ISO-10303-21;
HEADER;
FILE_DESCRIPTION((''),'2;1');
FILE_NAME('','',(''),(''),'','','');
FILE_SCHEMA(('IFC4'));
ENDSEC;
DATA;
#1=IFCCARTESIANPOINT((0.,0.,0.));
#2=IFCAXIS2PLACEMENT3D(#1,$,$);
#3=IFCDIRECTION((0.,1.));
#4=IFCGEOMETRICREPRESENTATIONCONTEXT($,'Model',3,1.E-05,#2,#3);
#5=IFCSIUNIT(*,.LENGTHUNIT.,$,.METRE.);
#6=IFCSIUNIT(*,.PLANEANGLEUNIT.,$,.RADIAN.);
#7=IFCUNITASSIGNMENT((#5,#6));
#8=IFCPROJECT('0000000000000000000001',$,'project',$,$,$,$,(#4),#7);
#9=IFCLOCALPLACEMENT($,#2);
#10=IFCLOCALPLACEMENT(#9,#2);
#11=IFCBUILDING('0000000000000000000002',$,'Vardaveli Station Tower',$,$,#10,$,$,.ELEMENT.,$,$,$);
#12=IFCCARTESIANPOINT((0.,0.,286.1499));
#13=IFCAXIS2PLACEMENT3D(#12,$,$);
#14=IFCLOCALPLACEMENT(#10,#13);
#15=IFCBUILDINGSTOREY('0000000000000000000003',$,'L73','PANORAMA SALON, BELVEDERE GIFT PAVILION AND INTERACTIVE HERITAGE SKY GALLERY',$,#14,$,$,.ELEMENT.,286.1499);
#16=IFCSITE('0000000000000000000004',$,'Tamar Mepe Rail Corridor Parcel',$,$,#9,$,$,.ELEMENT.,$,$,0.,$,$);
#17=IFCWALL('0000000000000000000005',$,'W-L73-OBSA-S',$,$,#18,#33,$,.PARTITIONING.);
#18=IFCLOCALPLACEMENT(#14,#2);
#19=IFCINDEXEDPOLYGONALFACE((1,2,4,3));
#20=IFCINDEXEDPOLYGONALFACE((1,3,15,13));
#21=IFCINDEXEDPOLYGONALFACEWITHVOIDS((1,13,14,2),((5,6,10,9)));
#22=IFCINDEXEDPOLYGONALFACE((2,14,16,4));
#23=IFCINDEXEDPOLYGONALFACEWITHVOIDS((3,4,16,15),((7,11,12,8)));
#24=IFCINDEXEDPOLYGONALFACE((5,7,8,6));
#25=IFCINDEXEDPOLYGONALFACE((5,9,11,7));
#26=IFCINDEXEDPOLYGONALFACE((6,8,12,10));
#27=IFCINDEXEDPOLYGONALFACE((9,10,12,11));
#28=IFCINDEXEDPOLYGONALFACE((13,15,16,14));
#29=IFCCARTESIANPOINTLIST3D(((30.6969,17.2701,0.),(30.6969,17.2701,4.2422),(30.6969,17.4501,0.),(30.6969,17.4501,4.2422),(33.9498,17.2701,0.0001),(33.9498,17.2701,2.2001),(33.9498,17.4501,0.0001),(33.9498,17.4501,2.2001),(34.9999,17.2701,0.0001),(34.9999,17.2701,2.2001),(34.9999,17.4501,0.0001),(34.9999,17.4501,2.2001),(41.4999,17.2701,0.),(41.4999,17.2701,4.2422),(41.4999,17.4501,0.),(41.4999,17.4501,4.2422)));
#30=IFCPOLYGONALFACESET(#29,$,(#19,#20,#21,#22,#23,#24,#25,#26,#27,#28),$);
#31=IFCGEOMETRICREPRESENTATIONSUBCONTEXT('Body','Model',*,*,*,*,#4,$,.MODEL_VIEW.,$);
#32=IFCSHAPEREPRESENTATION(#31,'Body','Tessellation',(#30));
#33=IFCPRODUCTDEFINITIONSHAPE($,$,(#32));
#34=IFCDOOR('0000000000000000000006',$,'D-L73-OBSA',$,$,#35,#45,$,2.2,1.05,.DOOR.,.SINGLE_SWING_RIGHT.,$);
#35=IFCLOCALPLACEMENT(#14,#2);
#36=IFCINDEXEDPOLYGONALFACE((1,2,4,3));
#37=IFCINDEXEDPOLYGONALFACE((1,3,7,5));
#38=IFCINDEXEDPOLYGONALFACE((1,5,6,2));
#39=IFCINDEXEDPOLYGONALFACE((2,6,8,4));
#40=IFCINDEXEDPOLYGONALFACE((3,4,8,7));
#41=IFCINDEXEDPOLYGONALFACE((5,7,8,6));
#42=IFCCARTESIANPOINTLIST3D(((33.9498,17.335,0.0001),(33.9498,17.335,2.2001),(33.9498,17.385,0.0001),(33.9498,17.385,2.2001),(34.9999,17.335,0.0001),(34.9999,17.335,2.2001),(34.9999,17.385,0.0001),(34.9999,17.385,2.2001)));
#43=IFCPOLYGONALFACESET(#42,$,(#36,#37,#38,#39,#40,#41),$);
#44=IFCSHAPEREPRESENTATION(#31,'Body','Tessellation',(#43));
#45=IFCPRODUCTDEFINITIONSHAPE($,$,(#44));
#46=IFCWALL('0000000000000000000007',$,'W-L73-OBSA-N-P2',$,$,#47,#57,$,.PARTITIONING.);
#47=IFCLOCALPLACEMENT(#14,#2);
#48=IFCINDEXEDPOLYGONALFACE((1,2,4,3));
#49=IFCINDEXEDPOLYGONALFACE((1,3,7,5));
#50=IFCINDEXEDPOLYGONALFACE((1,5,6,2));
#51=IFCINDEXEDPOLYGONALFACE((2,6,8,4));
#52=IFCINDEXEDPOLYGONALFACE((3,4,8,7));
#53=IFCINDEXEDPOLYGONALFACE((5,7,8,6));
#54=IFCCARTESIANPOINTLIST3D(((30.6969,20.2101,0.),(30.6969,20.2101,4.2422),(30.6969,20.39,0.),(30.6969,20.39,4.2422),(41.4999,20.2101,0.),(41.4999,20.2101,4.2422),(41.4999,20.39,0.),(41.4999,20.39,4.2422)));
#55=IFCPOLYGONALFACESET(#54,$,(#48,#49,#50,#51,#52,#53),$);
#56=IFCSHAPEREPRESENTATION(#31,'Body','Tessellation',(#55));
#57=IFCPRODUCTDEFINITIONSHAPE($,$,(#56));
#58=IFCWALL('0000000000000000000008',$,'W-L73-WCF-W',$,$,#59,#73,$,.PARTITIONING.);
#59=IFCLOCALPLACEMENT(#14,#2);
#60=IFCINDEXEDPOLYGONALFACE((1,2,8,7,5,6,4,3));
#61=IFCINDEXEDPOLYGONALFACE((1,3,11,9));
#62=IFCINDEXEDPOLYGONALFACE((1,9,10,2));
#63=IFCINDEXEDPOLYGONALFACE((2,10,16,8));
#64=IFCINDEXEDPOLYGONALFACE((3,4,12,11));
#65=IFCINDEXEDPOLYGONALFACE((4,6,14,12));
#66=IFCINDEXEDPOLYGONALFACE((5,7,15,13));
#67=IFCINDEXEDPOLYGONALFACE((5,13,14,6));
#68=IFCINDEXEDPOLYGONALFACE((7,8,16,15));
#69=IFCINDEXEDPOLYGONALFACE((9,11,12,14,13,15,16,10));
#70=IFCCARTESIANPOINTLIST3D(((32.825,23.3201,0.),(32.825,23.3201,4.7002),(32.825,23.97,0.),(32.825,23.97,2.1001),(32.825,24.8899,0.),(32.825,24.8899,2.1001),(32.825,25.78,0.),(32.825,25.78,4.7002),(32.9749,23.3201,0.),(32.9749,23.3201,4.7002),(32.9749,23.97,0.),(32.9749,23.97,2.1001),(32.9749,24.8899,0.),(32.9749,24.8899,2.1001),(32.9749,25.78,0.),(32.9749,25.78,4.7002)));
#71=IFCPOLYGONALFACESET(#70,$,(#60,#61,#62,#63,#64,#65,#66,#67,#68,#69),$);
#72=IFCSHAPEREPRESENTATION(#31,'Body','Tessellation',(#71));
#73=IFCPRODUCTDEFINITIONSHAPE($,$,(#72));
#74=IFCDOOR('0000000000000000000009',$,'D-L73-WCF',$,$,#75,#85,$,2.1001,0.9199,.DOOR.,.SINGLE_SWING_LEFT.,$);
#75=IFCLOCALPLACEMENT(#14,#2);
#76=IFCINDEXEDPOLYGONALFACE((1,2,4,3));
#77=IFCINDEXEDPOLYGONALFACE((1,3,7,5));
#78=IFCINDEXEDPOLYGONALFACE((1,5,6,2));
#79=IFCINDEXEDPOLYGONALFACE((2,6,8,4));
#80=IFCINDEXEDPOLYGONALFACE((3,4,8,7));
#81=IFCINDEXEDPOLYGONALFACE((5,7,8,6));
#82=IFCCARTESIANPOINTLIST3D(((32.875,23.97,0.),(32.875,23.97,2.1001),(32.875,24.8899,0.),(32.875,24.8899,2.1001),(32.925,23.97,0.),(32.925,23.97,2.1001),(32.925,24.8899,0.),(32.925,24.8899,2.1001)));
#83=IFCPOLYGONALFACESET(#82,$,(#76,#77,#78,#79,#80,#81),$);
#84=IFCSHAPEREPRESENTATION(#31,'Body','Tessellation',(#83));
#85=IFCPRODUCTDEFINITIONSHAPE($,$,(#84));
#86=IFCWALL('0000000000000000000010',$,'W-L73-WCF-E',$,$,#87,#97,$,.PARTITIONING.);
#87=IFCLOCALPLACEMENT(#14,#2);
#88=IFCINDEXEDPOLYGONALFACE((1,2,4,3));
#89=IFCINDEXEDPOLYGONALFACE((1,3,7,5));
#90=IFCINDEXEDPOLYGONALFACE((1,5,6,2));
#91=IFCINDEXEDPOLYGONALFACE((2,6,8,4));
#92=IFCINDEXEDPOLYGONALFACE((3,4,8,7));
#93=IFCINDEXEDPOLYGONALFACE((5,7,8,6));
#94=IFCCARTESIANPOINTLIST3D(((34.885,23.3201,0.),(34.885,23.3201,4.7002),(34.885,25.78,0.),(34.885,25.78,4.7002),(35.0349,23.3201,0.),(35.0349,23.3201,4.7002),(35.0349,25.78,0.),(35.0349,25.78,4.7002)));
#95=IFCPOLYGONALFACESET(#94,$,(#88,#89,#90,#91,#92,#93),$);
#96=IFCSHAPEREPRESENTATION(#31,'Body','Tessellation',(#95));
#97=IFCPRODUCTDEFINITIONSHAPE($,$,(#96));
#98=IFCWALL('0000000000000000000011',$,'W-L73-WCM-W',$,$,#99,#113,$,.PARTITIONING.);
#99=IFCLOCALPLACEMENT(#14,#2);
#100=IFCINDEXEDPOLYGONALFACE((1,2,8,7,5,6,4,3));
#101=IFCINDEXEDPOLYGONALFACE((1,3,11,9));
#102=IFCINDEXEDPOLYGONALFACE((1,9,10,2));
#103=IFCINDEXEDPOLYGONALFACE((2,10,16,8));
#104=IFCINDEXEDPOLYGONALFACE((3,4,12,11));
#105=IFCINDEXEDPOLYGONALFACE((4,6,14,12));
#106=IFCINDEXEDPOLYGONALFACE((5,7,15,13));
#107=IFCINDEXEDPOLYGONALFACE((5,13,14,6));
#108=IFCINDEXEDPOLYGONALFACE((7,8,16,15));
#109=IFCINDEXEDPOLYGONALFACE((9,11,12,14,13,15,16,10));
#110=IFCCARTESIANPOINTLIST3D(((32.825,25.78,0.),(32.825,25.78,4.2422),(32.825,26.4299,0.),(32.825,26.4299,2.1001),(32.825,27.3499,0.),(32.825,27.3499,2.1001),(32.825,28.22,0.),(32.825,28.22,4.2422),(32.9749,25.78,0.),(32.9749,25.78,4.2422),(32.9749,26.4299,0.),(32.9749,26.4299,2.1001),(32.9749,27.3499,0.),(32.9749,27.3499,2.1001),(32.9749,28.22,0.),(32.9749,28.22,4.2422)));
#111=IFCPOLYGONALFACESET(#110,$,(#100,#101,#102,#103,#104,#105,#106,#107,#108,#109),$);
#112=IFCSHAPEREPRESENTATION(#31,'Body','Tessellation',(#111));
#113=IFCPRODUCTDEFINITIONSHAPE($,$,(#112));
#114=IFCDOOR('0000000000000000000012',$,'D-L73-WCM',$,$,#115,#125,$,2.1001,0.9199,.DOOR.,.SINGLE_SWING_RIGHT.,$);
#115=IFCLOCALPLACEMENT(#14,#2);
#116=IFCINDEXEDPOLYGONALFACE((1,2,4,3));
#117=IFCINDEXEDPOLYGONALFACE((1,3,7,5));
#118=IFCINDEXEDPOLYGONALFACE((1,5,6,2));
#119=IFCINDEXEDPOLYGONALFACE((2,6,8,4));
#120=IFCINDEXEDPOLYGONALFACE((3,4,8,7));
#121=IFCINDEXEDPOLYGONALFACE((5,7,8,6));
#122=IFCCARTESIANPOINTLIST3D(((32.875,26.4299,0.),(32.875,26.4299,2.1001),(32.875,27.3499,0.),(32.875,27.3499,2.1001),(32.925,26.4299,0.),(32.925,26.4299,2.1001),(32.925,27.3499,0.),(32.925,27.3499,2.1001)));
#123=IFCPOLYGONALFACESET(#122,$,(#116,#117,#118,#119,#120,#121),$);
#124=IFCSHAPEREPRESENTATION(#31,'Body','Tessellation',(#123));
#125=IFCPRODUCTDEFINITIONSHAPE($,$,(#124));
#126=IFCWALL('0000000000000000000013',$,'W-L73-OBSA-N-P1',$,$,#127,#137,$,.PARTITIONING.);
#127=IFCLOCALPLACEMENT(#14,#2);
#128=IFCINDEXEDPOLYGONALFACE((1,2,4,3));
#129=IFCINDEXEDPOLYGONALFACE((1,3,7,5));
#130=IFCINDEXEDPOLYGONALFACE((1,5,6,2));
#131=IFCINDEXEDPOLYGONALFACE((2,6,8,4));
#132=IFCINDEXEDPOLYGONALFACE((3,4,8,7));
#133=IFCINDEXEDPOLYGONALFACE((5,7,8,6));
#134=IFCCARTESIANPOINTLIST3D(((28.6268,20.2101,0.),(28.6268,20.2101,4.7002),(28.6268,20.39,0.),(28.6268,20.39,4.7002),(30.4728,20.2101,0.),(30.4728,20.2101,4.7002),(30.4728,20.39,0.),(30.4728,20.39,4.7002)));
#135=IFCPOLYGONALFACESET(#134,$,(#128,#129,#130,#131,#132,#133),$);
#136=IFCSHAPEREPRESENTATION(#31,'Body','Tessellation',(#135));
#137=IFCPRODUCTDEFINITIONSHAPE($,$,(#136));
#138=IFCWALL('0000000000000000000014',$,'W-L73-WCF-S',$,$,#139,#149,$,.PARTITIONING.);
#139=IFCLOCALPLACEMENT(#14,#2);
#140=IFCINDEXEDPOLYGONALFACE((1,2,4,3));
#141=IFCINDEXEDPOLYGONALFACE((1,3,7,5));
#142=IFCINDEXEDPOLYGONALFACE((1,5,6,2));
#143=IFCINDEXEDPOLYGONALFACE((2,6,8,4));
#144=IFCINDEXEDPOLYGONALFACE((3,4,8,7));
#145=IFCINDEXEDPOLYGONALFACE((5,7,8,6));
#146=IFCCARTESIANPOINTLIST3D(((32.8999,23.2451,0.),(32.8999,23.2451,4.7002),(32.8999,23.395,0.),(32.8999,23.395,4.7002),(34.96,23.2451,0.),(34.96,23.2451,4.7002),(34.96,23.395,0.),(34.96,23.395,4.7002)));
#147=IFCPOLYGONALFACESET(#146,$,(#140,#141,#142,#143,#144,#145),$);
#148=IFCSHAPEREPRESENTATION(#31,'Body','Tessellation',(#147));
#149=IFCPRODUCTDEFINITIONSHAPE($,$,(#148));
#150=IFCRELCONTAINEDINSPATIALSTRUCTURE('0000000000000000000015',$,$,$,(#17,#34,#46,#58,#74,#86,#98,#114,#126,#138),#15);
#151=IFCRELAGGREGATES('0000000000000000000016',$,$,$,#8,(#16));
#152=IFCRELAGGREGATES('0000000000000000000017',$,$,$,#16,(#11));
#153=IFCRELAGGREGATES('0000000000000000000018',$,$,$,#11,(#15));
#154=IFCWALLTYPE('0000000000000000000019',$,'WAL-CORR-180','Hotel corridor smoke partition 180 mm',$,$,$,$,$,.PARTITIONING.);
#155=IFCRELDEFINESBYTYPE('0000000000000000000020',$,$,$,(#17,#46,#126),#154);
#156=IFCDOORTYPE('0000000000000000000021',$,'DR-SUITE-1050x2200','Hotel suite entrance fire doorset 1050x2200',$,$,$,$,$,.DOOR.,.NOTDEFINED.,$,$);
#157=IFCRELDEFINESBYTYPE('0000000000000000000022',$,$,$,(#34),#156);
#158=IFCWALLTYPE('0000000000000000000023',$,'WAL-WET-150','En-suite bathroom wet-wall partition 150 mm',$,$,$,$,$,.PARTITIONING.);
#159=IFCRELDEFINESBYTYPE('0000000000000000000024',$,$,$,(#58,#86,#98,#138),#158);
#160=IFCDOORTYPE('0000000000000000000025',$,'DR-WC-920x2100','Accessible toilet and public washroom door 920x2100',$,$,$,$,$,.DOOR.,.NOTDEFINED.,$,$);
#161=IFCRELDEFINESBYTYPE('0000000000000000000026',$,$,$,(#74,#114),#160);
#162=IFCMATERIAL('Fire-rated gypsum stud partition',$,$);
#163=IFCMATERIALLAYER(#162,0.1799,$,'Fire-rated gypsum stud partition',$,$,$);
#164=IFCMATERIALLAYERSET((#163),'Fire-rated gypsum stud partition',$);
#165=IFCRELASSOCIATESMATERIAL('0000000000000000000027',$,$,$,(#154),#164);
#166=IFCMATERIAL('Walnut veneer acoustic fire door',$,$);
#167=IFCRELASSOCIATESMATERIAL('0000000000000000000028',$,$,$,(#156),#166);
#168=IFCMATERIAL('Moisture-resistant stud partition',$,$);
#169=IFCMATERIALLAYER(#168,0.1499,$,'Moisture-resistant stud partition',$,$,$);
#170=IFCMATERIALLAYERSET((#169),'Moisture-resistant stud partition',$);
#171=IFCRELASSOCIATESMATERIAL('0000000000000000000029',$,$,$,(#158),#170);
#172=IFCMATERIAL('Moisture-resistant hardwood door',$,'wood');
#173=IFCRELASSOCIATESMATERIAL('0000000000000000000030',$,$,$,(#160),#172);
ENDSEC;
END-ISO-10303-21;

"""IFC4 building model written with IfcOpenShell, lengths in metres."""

from ifc_helpers import new_model, si_unit, direction, frame, frame_2d, origin, place, context, subcontext, project, spatial, rectangle, extrude, source, transform, mapped, material, layer, layer_set, type_object, element, fill, save


model = new_model("IFC4")

# Units and contexts
model_context = context("Model", 3, precision=1e-05, world=origin(), true_north=direction((0.0, 1.0)))
body_context = subcontext(model_context, "Body", "Model", "MODEL_VIEW")
ifc_project = project(units=[si_unit("LENGTHUNIT", "METRE"), si_unit("PLANEANGLEUNIT", "RADIAN")], contexts=[model_context])

# Site, building, storey
site_placement = place(None, origin())
site = spatial("IfcSite", under=ifc_project, at=site_placement, Name="Tamar Mepe Rail Corridor Parcel", CompositionType="ELEMENT", RefElevation=0.0)
building_placement = place(site_placement, origin())
building = spatial("IfcBuilding", under=site, at=building_placement, Name="Vardaveli Station Tower", CompositionType="ELEMENT")
storey_placement = place(building_placement, frame((0.0, 0.0, 286.1499)))
storey = spatial("IfcBuildingStorey", under=building, at=storey_placement, Name="L73", Description="PANORAMA SALON, BELVEDERE GIFT PAVILION AND INTERACTIVE HERITAGE SKY GALLERY", CompositionType="ELEMENT", Elevation=286.1499)

# Wall, opening, door
ifc_material_1 = material(Name="Fire-rated gypsum stud partition")
ifc_layer_1 = layer(ifc_material_1, 0.1799, Name="Fire-rated gypsum stud partition")
ifc_layer_set_1 = layer_set([ifc_layer_1], Name="Fire-rated gypsum stud partition")
wall_type_1 = type_object("IfcWallType", Name="WAL-CORR-180", Description="Hotel corridor smoke partition 180 mm", PredefinedType="PARTITIONING", material=ifc_layer_set_1)
shared_shape_1 = source(origin(), body_context, "Body", "SweptSolid", [
    extrude(rectangle(XDim=10.803, YDim=0.1799, at=frame_2d((5.4014, 0.0))), origin(), (0.0, 0.0, 1.0), 4.2422),
])
wall_1_placement = place(storey_placement, frame((30.697, 17.3601, 0.0), z_axis=(0.0, 0.0, 1.0), x_axis=(1.0, 0.0, 0.0)))
wall_1 = element("IfcWall", 1, at=wall_1_placement, inside=storey, type_object=wall_type_1, Name="W-L73-OBSA-S", PredefinedType="PARTITIONING", context=body_context, shape_type="MappedRepresentation", body=[
    mapped(shared_shape_1, transform((0.0, 0.0, 0.0), scale=1.0)),
])
shared_shape_2 = source(origin(), body_context, "Body", "SweptSolid", [
    extrude(rectangle(XDim=1.05, YDim=2.2, at=frame_2d((0.5249, 1.1001))), frame((0.0, 0.1001, 0.0), z_axis=(0.0, -1.0, 0.0), x_axis=(1.0, 0.0, 0.0)), (0.0, 0.0, 1.0), 0.2),
])
opening_1_placement = place(wall_1_placement, frame((3.2529, 0.0, 0.0)))
opening_1 = element("IfcOpeningElement", 2, at=opening_1_placement, cuts=wall_1, PredefinedType="OPENING", context=body_context, shape_type="MappedRepresentation", body=[
    mapped(shared_shape_2, transform((0.0, 0.0, 0.0), scale=1.0)),
])
ifc_material_2 = material(Name="Walnut veneer acoustic fire door")
door_type_1 = type_object("IfcDoorType", Name="DR-SUITE-1050x2200", Description="Hotel suite entrance fire doorset 1050x2200", OperationType="NOTDEFINED", PredefinedType="DOOR", material=ifc_material_2)
shared_shape_3 = source(origin(), body_context, "Body", "SweptSolid", [
    extrude(rectangle(XDim=1.05, YDim=2.2, at=frame_2d((0.5249, 1.1001))), frame((0.0, 0.0249, 0.0), z_axis=(0.0, -1.0, 0.0), x_axis=(1.0, 0.0, 0.0)), (0.0, 0.0, 1.0), 0.05),
])
door_1_placement = place(opening_1_placement, origin())
door_1 = element("IfcDoor", 3, at=door_1_placement, inside=storey, type_object=door_type_1, Name="D-L73-OBSA", OperationType="SINGLE_SWING_RIGHT", OverallHeight=2.2, OverallWidth=1.05, PredefinedType="DOOR", context=body_context, shape_type="MappedRepresentation", body=[
    mapped(shared_shape_3, transform((0.0, 0.0, 0.0), scale=1.0)),
])
fill(opening_1, door_1)

# Wall
wall_2_placement = place(storey_placement, frame((30.697, 20.3, 0.0), z_axis=(0.0, 0.0, 1.0), x_axis=(1.0, 0.0, 0.0)))
element("IfcWall", 4, at=wall_2_placement, inside=storey, type_object=wall_type_1, Name="W-L73-OBSA-N-P2", PredefinedType="PARTITIONING", context=body_context, shape_type="MappedRepresentation", body=[
    mapped(shared_shape_1, transform((0.0, 0.0, 0.0), scale=1.0)),
])

# Wall, opening, door
ifc_material_3 = material(Name="Moisture-resistant stud partition")
ifc_layer_2 = layer(ifc_material_3, 0.1499, Name="Moisture-resistant stud partition")
ifc_layer_set_2 = layer_set([ifc_layer_2], Name="Moisture-resistant stud partition")
wall_type_2 = type_object("IfcWallType", Name="WAL-WET-150", Description="En-suite bathroom wet-wall partition 150 mm", PredefinedType="PARTITIONING", material=ifc_layer_set_2)
shared_shape_4 = source(origin(), body_context, "Body", "SweptSolid", [
    extrude(rectangle(XDim=2.46, YDim=0.1499, at=frame_2d((1.23, 0.0))), origin(), (0.0, 0.0, 1.0), 4.7002),
])
wall_3_placement = place(storey_placement, frame((32.8999, 23.3201, 0.0), z_axis=(0.0, 0.0, 1.0), x_axis=(0.0, 1.0, 0.0)))
wall_3 = element("IfcWall", 5, at=wall_3_placement, inside=storey, type_object=wall_type_2, Name="W-L73-WCF-W", PredefinedType="PARTITIONING", context=body_context, shape_type="MappedRepresentation", body=[
    mapped(shared_shape_4, transform((0.0, 0.0, 0.0), scale=1.0)),
])
shared_shape_5 = source(origin(), body_context, "Body", "SweptSolid", [
    extrude(rectangle(XDim=0.9199, YDim=2.1001, at=frame_2d((0.46, 1.05))), frame((0.0, 0.085, 0.0), z_axis=(0.0, -1.0, 0.0), x_axis=(1.0, 0.0, 0.0)), (0.0, 0.0, 1.0), 0.1699),
])
opening_2_placement = place(wall_3_placement, frame((0.6499, 0.0, 0.0)))
opening_2 = element("IfcOpeningElement", 6, at=opening_2_placement, cuts=wall_3, PredefinedType="OPENING", context=body_context, shape_type="MappedRepresentation", body=[
    mapped(shared_shape_5, transform((0.0, 0.0, 0.0), scale=1.0)),
])
ifc_material_4 = material(Name="Moisture-resistant hardwood door", Category="wood")
door_type_2 = type_object("IfcDoorType", Name="DR-WC-920x2100", Description="Accessible toilet and public washroom door 920x2100", OperationType="NOTDEFINED", PredefinedType="DOOR", material=ifc_material_4)
shared_shape_6 = source(origin(), body_context, "Body", "SweptSolid", [
    extrude(rectangle(XDim=0.9199, YDim=2.1001, at=frame_2d((0.46, 1.05))), frame((0.0, 0.0249, 0.0), z_axis=(0.0, -1.0, 0.0), x_axis=(1.0, 0.0, 0.0)), (0.0, 0.0, 1.0), 0.05),
])
door_2_placement = place(opening_2_placement, origin())
door_2 = element("IfcDoor", 7, at=door_2_placement, inside=storey, type_object=door_type_2, Name="D-L73-WCF", OperationType="SINGLE_SWING_LEFT", OverallHeight=2.1001, OverallWidth=0.9199, PredefinedType="DOOR", context=body_context, shape_type="MappedRepresentation", body=[
    mapped(shared_shape_6, transform((0.0, 0.0, 0.0), scale=1.0)),
])
fill(opening_2, door_2)

# Wall
wall_4_placement = place(storey_placement, frame((34.96, 23.3201, 0.0), z_axis=(0.0, 0.0, 1.0), x_axis=(0.0, 1.0, 0.0)))
element("IfcWall", 8, at=wall_4_placement, inside=storey, type_object=wall_type_2, Name="W-L73-WCF-E", PredefinedType="PARTITIONING", context=body_context, shape_type="MappedRepresentation", body=[
    mapped(shared_shape_4, transform((0.0, 0.0, 0.0), scale=1.0)),
])

# Wall, opening, door
shared_shape_7 = source(origin(), body_context, "Body", "SweptSolid", [
    extrude(rectangle(XDim=2.4399, YDim=0.1499, at=frame_2d((1.22, 0.0))), origin(), (0.0, 0.0, 1.0), 4.2422),
])
wall_5_placement = place(storey_placement, frame((32.8999, 25.78, 0.0), z_axis=(0.0, 0.0, 1.0), x_axis=(0.0, 1.0, 0.0)))
wall_5 = element("IfcWall", 9, at=wall_5_placement, inside=storey, type_object=wall_type_2, Name="W-L73-WCM-W", PredefinedType="PARTITIONING", context=body_context, shape_type="MappedRepresentation", body=[
    mapped(shared_shape_7, transform((0.0, 0.0, 0.0), scale=1.0)),
])
opening_3_placement = place(wall_5_placement, frame((0.6499, 0.0, 0.0)))
opening_3 = element("IfcOpeningElement", 10, at=opening_3_placement, cuts=wall_5, PredefinedType="OPENING", context=body_context, shape_type="MappedRepresentation", body=[
    mapped(shared_shape_5, transform((0.0, 0.0, 0.0), scale=1.0)),
])
door_3_placement = place(opening_3_placement, origin())
door_3 = element("IfcDoor", 11, at=door_3_placement, inside=storey, type_object=door_type_2, Name="D-L73-WCM", OperationType="SINGLE_SWING_RIGHT", OverallHeight=2.1001, OverallWidth=0.9199, PredefinedType="DOOR", context=body_context, shape_type="MappedRepresentation", body=[
    mapped(shared_shape_6, transform((0.0, 0.0, 0.0), scale=1.0)),
])
fill(opening_3, door_3)

# Walls
shared_shape_8 = source(origin(), body_context, "Body", "SweptSolid", [
    extrude(rectangle(XDim=1.8459, YDim=0.1799, at=frame_2d((0.9229, 0.0))), origin(), (0.0, 0.0, 1.0), 4.7002),
])
wall_6_placement = place(storey_placement, frame((28.627, 20.3, 0.0), z_axis=(0.0, 0.0, 1.0), x_axis=(1.0, 0.0, 0.0)))
element("IfcWall", 12, at=wall_6_placement, inside=storey, type_object=wall_type_1, Name="W-L73-OBSA-N-P1", PredefinedType="PARTITIONING", context=body_context, shape_type="MappedRepresentation", body=[
    mapped(shared_shape_8, transform((0.0, 0.0, 0.0), scale=1.0)),
])
shared_shape_9 = source(origin(), body_context, "Body", "SweptSolid", [
    extrude(rectangle(XDim=2.0601, YDim=0.1499, at=frame_2d((1.03, 0.0))), origin(), (0.0, 0.0, 1.0), 4.7002),
])
wall_7_placement = place(storey_placement, frame((32.8999, 23.3201, 0.0), z_axis=(0.0, 0.0, 1.0), x_axis=(1.0, 0.0, 0.0)))
element("IfcWall", 13, at=wall_7_placement, inside=storey, type_object=wall_type_2, Name="W-L73-WCF-S", PredefinedType="PARTITIONING", context=body_context, shape_type="MappedRepresentation", body=[
    mapped(shared_shape_9, transform((0.0, 0.0, 0.0), scale=1.0)),
])

save(model, "model.ifc")
